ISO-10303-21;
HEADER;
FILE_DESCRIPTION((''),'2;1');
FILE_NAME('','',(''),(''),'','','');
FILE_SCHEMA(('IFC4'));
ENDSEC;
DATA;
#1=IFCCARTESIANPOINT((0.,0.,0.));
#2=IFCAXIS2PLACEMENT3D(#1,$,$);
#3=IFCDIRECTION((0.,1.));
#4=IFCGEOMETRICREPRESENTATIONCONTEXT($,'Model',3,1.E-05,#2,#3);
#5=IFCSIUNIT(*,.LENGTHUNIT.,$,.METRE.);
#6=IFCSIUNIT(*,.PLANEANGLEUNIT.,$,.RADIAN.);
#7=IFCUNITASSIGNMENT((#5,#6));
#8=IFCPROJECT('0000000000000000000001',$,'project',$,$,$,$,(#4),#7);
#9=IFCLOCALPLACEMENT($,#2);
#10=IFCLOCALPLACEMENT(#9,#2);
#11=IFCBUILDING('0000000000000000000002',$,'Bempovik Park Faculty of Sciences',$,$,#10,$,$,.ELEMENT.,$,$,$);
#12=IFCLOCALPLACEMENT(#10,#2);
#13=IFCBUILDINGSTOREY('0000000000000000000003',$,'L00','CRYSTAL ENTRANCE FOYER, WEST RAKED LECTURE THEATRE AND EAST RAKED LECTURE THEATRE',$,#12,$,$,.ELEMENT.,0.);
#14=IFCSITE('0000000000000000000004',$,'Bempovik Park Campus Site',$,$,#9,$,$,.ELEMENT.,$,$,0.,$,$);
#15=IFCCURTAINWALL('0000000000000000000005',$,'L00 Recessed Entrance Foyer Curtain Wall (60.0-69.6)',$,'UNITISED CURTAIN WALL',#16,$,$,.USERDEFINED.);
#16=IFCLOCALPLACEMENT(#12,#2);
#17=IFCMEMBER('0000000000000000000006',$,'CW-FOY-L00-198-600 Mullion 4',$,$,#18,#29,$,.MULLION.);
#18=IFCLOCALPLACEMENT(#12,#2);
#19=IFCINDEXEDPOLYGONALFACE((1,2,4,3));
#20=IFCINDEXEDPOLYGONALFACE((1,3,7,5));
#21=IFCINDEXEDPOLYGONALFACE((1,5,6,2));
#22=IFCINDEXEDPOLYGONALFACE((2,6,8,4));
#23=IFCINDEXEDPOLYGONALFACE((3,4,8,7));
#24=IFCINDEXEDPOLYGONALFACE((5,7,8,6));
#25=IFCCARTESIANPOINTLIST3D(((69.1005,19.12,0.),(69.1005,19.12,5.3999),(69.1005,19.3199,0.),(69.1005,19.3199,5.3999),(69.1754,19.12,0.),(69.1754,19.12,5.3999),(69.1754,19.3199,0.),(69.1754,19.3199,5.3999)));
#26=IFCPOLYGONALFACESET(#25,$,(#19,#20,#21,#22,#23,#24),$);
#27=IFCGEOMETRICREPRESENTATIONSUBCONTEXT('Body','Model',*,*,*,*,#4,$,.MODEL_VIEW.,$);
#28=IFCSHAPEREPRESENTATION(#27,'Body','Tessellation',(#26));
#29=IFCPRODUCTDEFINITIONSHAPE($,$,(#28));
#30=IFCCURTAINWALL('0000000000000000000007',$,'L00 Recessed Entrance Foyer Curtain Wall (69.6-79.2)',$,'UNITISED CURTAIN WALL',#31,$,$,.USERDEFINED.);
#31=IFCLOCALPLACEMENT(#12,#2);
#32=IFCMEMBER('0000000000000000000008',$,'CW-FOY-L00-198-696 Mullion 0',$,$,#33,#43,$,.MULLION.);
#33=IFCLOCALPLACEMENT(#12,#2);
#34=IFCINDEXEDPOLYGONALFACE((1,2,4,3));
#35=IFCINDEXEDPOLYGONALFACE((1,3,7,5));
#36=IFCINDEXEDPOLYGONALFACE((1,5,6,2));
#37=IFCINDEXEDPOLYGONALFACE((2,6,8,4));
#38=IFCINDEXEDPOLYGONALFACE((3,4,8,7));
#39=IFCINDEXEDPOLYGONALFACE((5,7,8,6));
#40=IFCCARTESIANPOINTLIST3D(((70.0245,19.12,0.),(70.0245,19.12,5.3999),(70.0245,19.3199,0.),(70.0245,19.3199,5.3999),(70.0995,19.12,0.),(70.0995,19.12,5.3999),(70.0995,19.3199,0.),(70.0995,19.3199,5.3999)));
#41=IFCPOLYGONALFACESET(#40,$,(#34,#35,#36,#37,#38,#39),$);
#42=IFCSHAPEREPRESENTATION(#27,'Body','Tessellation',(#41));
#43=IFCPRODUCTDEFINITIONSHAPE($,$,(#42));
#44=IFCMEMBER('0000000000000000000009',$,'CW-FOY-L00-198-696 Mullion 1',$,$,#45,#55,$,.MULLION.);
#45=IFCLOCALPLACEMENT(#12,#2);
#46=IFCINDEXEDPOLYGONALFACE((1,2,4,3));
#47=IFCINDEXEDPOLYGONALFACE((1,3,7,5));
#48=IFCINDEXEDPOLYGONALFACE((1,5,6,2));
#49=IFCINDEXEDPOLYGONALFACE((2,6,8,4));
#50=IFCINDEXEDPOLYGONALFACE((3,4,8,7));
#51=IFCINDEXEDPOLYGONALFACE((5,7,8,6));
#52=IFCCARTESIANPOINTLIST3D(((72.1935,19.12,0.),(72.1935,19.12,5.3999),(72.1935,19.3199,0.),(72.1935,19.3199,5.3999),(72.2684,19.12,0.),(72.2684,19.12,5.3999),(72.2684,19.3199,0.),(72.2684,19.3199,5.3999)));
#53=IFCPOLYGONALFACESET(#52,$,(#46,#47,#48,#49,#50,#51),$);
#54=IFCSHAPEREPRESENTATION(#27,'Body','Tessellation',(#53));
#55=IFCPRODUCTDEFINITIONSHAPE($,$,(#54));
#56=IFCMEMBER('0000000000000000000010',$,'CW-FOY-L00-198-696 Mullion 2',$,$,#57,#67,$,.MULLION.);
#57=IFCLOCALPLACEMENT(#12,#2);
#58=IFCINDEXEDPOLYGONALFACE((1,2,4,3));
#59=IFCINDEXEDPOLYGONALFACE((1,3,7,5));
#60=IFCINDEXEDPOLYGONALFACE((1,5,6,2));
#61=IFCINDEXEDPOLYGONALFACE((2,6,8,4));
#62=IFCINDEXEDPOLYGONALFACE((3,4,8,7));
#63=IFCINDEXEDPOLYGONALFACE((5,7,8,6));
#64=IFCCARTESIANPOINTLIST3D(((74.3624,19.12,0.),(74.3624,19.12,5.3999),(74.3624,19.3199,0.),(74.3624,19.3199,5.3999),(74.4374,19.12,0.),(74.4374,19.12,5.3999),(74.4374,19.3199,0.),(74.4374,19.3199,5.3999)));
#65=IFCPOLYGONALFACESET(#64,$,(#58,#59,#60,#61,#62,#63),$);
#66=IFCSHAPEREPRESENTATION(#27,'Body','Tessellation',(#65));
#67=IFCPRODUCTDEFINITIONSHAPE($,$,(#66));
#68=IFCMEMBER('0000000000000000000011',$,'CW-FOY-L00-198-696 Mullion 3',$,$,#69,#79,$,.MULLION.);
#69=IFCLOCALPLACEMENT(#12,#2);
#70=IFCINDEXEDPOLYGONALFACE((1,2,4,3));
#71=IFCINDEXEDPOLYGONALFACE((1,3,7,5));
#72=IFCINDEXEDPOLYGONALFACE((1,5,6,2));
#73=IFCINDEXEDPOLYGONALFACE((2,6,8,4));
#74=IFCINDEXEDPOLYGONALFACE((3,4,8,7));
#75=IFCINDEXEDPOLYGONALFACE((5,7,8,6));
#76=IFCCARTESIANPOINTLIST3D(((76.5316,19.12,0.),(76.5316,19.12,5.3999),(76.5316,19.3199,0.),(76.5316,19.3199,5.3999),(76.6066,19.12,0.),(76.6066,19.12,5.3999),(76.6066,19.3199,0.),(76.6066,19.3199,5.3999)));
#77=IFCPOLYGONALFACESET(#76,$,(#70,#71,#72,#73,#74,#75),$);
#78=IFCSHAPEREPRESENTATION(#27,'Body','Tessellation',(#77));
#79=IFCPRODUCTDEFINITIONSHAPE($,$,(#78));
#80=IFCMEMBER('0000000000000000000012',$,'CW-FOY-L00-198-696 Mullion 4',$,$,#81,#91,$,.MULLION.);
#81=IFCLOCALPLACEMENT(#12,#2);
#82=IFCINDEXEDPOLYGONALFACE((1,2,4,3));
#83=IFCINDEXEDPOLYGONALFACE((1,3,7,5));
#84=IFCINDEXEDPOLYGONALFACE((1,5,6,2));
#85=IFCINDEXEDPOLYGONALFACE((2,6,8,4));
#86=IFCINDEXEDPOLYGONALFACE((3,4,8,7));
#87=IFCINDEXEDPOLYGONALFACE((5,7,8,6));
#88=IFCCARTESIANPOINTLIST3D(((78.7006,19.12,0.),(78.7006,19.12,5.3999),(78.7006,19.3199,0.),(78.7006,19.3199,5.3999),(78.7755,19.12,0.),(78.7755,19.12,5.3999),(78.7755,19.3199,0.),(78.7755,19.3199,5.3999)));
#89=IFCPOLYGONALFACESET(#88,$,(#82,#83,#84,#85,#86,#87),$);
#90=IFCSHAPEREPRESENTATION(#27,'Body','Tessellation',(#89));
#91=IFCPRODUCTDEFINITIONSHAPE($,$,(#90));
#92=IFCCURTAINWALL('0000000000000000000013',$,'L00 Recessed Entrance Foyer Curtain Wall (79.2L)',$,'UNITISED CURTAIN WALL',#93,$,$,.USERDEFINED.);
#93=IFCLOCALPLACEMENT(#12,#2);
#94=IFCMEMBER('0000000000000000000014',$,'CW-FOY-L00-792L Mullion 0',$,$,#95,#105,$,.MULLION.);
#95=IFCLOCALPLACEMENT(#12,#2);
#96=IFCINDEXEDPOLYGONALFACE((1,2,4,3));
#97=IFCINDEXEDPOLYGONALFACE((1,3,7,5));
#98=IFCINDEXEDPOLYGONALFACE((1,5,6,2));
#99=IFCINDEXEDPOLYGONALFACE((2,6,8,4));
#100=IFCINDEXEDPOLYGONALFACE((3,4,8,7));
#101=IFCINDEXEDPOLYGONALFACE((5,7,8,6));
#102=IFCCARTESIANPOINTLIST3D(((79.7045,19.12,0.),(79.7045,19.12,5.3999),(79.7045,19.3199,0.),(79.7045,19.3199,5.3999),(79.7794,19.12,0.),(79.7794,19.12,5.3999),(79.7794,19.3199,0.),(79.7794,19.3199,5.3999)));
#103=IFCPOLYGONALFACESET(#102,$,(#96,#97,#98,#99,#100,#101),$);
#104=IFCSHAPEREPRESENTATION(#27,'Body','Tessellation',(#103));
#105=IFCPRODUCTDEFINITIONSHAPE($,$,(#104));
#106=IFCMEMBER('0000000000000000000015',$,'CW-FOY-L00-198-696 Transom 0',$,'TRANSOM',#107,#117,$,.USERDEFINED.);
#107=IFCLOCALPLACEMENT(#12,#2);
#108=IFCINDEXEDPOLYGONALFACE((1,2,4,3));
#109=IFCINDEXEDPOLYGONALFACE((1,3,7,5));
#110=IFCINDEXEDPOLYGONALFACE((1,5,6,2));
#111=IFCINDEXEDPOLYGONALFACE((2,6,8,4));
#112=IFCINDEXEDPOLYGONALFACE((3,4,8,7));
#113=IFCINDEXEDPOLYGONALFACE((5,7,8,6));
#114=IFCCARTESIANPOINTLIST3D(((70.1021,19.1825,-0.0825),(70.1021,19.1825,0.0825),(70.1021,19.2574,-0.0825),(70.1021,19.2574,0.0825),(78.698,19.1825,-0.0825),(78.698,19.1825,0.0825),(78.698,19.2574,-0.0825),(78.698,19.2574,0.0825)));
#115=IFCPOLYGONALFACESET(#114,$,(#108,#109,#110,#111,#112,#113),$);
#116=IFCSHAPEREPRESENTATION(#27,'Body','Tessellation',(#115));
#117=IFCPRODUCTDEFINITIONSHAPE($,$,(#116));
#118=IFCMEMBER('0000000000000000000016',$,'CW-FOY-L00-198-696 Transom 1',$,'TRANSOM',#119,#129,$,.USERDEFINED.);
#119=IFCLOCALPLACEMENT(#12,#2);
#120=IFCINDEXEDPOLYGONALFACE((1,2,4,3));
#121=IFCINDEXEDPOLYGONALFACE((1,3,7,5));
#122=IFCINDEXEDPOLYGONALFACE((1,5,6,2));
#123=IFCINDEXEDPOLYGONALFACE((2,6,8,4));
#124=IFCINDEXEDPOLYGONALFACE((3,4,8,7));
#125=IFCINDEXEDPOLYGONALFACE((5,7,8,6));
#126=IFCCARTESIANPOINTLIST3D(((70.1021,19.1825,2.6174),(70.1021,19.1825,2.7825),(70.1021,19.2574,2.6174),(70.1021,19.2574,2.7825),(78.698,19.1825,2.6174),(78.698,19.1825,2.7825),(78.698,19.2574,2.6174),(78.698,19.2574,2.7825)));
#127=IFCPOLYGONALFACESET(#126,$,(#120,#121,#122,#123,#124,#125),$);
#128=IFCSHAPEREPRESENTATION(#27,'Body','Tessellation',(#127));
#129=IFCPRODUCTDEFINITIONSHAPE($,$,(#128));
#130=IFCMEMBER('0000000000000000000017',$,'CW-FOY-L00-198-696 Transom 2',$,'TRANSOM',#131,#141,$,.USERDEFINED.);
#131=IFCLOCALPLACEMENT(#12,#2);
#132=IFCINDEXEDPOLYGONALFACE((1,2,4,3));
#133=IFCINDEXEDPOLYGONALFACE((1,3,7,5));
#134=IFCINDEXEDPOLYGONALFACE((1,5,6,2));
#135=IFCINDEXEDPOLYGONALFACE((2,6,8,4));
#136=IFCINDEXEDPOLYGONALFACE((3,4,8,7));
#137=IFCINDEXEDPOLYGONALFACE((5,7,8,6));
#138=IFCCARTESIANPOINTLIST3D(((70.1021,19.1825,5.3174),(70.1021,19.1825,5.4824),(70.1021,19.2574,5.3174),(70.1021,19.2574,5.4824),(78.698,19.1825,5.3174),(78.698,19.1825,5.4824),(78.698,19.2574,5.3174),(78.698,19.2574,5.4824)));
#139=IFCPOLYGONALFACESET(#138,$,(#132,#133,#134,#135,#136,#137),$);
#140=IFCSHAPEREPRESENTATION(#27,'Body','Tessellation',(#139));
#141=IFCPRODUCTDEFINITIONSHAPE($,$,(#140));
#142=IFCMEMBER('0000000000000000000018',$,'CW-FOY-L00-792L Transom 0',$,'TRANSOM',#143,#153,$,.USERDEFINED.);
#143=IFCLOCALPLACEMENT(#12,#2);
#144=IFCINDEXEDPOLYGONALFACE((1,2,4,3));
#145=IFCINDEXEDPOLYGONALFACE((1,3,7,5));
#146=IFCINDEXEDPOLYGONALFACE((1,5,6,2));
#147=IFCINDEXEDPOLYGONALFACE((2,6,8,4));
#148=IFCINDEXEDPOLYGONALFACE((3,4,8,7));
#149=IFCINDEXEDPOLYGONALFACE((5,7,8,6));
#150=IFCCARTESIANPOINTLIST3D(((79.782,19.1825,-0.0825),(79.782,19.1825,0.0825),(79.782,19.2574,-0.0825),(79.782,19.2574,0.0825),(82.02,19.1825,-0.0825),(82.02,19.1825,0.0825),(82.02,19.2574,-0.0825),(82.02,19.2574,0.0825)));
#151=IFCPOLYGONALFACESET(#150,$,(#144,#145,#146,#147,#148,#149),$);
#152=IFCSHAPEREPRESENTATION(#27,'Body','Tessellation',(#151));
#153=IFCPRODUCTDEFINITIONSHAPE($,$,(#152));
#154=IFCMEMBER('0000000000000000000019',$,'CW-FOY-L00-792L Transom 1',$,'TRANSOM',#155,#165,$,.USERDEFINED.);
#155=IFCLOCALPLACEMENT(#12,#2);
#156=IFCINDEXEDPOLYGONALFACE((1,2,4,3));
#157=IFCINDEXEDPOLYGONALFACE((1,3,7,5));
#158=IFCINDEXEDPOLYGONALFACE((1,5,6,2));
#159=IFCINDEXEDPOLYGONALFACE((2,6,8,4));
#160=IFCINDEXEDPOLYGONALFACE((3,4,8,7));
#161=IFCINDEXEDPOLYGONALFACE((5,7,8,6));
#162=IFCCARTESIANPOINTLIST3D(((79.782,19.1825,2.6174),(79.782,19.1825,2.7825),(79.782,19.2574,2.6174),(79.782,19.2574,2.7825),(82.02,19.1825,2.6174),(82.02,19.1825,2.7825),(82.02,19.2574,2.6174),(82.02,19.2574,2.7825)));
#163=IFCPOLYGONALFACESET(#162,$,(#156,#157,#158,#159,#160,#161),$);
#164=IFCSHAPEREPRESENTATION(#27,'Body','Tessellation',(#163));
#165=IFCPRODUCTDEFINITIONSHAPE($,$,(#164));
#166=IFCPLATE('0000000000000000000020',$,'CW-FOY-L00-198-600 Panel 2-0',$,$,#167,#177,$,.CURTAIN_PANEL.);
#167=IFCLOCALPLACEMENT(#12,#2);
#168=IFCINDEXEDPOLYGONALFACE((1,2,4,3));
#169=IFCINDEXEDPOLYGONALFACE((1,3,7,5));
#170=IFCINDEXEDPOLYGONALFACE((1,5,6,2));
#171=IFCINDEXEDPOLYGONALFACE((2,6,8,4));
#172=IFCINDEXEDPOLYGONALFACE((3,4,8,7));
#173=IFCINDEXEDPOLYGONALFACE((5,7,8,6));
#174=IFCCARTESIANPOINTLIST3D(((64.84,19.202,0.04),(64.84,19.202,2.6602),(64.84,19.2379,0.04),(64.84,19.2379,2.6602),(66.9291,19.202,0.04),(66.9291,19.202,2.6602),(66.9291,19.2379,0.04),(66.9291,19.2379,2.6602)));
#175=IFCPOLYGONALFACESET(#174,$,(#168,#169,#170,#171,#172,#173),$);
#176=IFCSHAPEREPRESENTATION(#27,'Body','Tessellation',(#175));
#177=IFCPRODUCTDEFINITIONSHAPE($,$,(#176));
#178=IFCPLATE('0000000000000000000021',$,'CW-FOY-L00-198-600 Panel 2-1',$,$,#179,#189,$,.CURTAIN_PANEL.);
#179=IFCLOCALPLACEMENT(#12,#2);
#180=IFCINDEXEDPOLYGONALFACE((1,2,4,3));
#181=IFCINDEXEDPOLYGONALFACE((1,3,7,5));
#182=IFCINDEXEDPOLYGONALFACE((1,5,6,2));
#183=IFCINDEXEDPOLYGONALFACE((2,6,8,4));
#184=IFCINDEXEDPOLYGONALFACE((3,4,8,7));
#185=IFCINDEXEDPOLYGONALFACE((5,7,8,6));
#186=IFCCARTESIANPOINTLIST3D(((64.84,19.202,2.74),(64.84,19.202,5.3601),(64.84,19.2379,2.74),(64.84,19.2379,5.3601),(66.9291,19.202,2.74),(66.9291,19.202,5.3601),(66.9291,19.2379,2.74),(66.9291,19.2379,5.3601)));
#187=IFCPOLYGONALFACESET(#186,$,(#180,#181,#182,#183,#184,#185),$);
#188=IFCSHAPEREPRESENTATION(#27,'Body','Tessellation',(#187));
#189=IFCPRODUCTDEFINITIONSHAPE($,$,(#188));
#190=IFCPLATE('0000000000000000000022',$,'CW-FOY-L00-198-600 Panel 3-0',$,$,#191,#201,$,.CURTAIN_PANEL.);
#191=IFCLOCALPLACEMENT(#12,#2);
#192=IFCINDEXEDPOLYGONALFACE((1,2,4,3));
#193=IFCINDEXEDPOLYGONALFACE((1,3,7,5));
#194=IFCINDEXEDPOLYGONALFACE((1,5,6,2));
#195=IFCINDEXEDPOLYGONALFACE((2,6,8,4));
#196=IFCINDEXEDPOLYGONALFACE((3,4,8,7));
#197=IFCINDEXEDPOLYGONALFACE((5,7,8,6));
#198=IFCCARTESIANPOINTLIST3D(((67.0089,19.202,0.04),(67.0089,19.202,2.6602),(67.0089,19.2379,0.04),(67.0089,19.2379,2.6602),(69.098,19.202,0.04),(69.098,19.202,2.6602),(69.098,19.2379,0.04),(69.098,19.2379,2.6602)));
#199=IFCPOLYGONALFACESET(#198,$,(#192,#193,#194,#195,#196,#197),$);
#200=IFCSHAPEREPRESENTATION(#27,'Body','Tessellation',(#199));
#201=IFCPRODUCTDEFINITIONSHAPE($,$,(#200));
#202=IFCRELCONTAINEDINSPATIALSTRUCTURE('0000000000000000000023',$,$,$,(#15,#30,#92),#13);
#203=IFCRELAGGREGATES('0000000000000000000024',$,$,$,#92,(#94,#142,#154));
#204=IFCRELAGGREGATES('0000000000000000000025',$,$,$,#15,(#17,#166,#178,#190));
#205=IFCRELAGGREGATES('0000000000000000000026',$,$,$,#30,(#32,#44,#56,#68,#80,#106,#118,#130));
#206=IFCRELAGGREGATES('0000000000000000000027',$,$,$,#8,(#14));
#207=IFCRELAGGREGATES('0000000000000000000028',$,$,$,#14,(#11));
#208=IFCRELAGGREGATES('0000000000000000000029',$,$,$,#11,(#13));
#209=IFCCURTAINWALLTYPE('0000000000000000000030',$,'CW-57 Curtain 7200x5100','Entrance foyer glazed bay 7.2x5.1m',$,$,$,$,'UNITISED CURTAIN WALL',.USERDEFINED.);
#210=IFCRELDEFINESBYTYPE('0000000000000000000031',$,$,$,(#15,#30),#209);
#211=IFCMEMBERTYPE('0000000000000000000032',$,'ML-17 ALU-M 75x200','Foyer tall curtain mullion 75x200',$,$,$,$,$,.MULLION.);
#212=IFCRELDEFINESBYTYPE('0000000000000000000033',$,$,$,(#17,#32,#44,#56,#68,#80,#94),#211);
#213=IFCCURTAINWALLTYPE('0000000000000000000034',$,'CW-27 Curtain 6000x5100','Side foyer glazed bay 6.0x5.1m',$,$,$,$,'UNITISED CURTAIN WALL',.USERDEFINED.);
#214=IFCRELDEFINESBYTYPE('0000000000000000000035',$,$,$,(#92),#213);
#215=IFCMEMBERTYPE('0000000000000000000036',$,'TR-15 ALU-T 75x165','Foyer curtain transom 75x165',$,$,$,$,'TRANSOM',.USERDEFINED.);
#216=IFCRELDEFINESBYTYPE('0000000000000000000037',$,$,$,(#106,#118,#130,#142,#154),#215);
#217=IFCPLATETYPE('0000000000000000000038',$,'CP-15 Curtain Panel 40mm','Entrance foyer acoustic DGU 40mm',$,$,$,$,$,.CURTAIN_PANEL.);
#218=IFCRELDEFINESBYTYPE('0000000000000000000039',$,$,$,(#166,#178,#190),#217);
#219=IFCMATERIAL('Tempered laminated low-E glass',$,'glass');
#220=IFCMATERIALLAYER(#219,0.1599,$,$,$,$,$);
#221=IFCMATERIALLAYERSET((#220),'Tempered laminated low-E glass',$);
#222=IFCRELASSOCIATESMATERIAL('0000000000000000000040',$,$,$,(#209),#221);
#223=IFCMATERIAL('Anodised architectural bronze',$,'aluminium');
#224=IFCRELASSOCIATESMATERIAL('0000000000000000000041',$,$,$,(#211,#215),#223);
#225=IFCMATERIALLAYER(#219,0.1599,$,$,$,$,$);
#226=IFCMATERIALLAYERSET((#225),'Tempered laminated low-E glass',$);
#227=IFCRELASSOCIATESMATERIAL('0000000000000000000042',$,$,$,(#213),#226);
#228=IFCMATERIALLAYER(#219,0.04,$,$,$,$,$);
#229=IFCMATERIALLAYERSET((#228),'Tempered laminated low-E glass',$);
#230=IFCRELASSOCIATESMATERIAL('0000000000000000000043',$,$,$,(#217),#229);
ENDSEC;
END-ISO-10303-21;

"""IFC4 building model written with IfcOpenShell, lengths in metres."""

from ifc_helpers import new_model, si_unit, direction, frame, origin, origin_2d, place, context, subcontext, project, spatial, rectangle, extrude, material, layer, layer_set, material_profile, profile_set, type_object, element, aggregate, save


model = new_model("IFC4")

# Units and contexts
model_context = context("Model", 3, precision=1e-05, world=origin(), true_north=direction((0.0, 1.0)))
body_context = subcontext(model_context, "Body", "Model", "MODEL_VIEW")
ifc_project = project(units=[si_unit("LENGTHUNIT", "METRE"), si_unit("PLANEANGLEUNIT", "RADIAN")], contexts=[model_context])

# Site, building, storey
site_placement = place(None, origin())
site = spatial("IfcSite", under=ifc_project, at=site_placement, Name="Bempovik Park Campus Site", CompositionType="ELEMENT", RefElevation=0.0)
building_placement = place(site_placement, origin())
building = spatial("IfcBuilding", under=site, at=building_placement, Name="Bempovik Park Faculty of Sciences", CompositionType="ELEMENT")
storey_placement = place(building_placement, origin())
storey = spatial("IfcBuildingStorey", under=building, at=storey_placement, Name="L00", Description="CRYSTAL ENTRANCE FOYER, WEST RAKED LECTURE THEATRE AND EAST RAKED LECTURE THEATRE", CompositionType="ELEMENT", Elevation=0.0)

# Curtain walls, members
ifc_material_1 = material(Name="Tempered laminated low-E glass", Category="glass")
ifc_layer_1 = layer(ifc_material_1, 0.1599)
ifc_layer_set_1 = layer_set([ifc_layer_1], Name="Tempered laminated low-E glass")
curtain_wall_type_1 = type_object("IfcCurtainWallType", Name="CW-57 Curtain 7200x5100", Description="Entrance foyer glazed bay 7.2x5.1m", ElementType="UNITISED CURTAIN WALL", PredefinedType="USERDEFINED", material=ifc_layer_set_1)
curtain_wall_1_placement = place(storey_placement, origin())
curtain_wall_1 = element("IfcCurtainWall", 1, at=curtain_wall_1_placement, inside=storey, type_object=curtain_wall_type_1, Name="L00 Recessed Entrance Foyer Curtain Wall (60.0-69.6)", ObjectType="UNITISED CURTAIN WALL", PredefinedType="USERDEFINED")
ifc_material_2 = material(Name="Anodised architectural bronze", Category="aluminium")
ifc_material_profile_1 = material_profile(ifc_material_2, rectangle(XDim=0.075, YDim=0.2, at=origin_2d()), Name="ALU-M 75x200")
ifc_profile_set_1 = profile_set([ifc_material_profile_1], Name="Anodised architectural bronze")
member_type_1 = type_object("IfcMemberType", Name="ML-17 ALU-M 75x200", Description="Foyer tall curtain mullion 75x200", PredefinedType="MULLION", material=ifc_profile_set_1)
member_1_placement = place(storey_placement, frame((69.1379, 19.22, 0.0), z_axis=(0.0, 0.0, 1.0), x_axis=(1.0, 0.0, 0.0)))
member_1 = element("IfcMember", 2, at=member_1_placement, type_object=member_type_1, Name="CW-FOY-L00-198-600 Mullion 4", PredefinedType="MULLION", context=body_context, shape_type="SweptSolid", body=[
    extrude(rectangle(XDim=0.075, YDim=0.2, at=origin_2d()), origin(), (0.0, 0.0, 1.0), 5.3999),
])
curtain_wall_2_placement = place(storey_placement, origin())
curtain_wall_2 = element("IfcCurtainWall", 3, at=curtain_wall_2_placement, inside=storey, type_object=curtain_wall_type_1, Name="L00 Recessed Entrance Foyer Curtain Wall (69.6-79.2)", ObjectType="UNITISED CURTAIN WALL", PredefinedType="USERDEFINED")
member_2_placement = place(storey_placement, frame((70.062, 19.22, 0.0), z_axis=(0.0, 0.0, 1.0), x_axis=(1.0, 0.0, 0.0)))
member_2 = element("IfcMember", 4, at=member_2_placement, type_object=member_type_1, Name="CW-FOY-L00-198-696 Mullion 0", PredefinedType="MULLION", context=body_context, shape_type="SweptSolid", body=[
    extrude(rectangle(XDim=0.075, YDim=0.2, at=origin_2d()), origin(), (0.0, 0.0, 1.0), 5.3999),
])
member_3_placement = place(storey_placement, frame((72.231, 19.22, 0.0), z_axis=(0.0, 0.0, 1.0), x_axis=(1.0, 0.0, 0.0)))
member_3 = element("IfcMember", 5, at=member_3_placement, type_object=member_type_1, Name="CW-FOY-L00-198-696 Mullion 1", PredefinedType="MULLION", context=body_context, shape_type="SweptSolid", body=[
    extrude(rectangle(XDim=0.075, YDim=0.2, at=origin_2d()), origin(), (0.0, 0.0, 1.0), 5.3999),
])
member_4_placement = place(storey_placement, frame((74.3999, 19.22, 0.0), z_axis=(0.0, 0.0, 1.0), x_axis=(1.0, 0.0, 0.0)))
member_4 = element("IfcMember", 6, at=member_4_placement, type_object=member_type_1, Name="CW-FOY-L00-198-696 Mullion 2", PredefinedType="MULLION", context=body_context, shape_type="SweptSolid", body=[
    extrude(rectangle(XDim=0.075, YDim=0.2, at=origin_2d()), origin(), (0.0, 0.0, 1.0), 5.3999),
])
member_5_placement = place(storey_placement, frame((76.5691, 19.22, 0.0), z_axis=(0.0, 0.0, 1.0), x_axis=(1.0, 0.0, 0.0)))
member_5 = element("IfcMember", 7, at=member_5_placement, type_object=member_type_1, Name="CW-FOY-L00-198-696 Mullion 3", PredefinedType="MULLION", context=body_context, shape_type="SweptSolid", body=[
    extrude(rectangle(XDim=0.075, YDim=0.2, at=origin_2d()), origin(), (0.0, 0.0, 1.0), 5.3999),
])
member_6_placement = place(storey_placement, frame((78.738, 19.22, 0.0), z_axis=(0.0, 0.0, 1.0), x_axis=(1.0, 0.0, 0.0)))
member_6 = element("IfcMember", 8, at=member_6_placement, type_object=member_type_1, Name="CW-FOY-L00-198-696 Mullion 4", PredefinedType="MULLION", context=body_context, shape_type="SweptSolid", body=[
    extrude(rectangle(XDim=0.075, YDim=0.2, at=origin_2d()), origin(), (0.0, 0.0, 1.0), 5.3999),
])

# Curtain wall, member
ifc_layer_2 = layer(ifc_material_1, 0.1599)
ifc_layer_set_2 = layer_set([ifc_layer_2], Name="Tempered laminated low-E glass")
curtain_wall_type_2 = type_object("IfcCurtainWallType", Name="CW-27 Curtain 6000x5100", Description="Side foyer glazed bay 6.0x5.1m", ElementType="UNITISED CURTAIN WALL", PredefinedType="USERDEFINED", material=ifc_layer_set_2)
curtain_wall_3_placement = place(storey_placement, origin())
curtain_wall_3 = element("IfcCurtainWall", 9, at=curtain_wall_3_placement, inside=storey, type_object=curtain_wall_type_2, Name="L00 Recessed Entrance Foyer Curtain Wall (79.2L)", ObjectType="UNITISED CURTAIN WALL", PredefinedType="USERDEFINED")
member_7_placement = place(storey_placement, frame((79.7419, 19.22, 0.0), z_axis=(0.0, 0.0, 1.0), x_axis=(1.0, 0.0, 0.0)))
member_7 = element("IfcMember", 10, at=member_7_placement, type_object=member_type_1, Name="CW-FOY-L00-792L Mullion 0", PredefinedType="MULLION", context=body_context, shape_type="SweptSolid", body=[
    extrude(rectangle(XDim=0.075, YDim=0.2, at=origin_2d()), origin(), (0.0, 0.0, 1.0), 5.3999),
])

# Members
ifc_material_profile_2 = material_profile(ifc_material_2, rectangle(XDim=0.075, YDim=0.165, at=origin_2d()), Name="ALU-T 75x165")
ifc_profile_set_2 = profile_set([ifc_material_profile_2], Name="Anodised architectural bronze")
member_type_2 = type_object("IfcMemberType", Name="TR-15 ALU-T 75x165", Description="Foyer curtain transom 75x165", ElementType="TRANSOM", PredefinedType="USERDEFINED", material=ifc_profile_set_2)
member_8_placement = place(storey_placement, frame((70.1021, 19.22, 0.0), z_axis=(1.0, 0.0, 0.0), x_axis=(0.0, 1.0, 0.0)))
member_8 = element("IfcMember", 11, at=member_8_placement, type_object=member_type_2, Name="CW-FOY-L00-198-696 Transom 0", ObjectType="TRANSOM", PredefinedType="USERDEFINED", context=body_context, shape_type="SweptSolid", body=[
    extrude(rectangle(XDim=0.075, YDim=0.165, at=origin_2d()), origin(), (0.0, 0.0, 1.0), 8.5959),
])
member_9_placement = place(storey_placement, frame((70.1021, 19.22, 2.7), z_axis=(1.0, 0.0, 0.0), x_axis=(0.0, 1.0, 0.0)))
member_9 = element("IfcMember", 12, at=member_9_placement, type_object=member_type_2, Name="CW-FOY-L00-198-696 Transom 1", ObjectType="TRANSOM", PredefinedType="USERDEFINED", context=body_context, shape_type="SweptSolid", body=[
    extrude(rectangle(XDim=0.075, YDim=0.165, at=origin_2d()), origin(), (0.0, 0.0, 1.0), 8.5959),
])
member_10_placement = place(storey_placement, frame((70.1021, 19.22, 5.3999), z_axis=(1.0, 0.0, 0.0), x_axis=(0.0, 1.0, 0.0)))
member_10 = element("IfcMember", 13, at=member_10_placement, type_object=member_type_2, Name="CW-FOY-L00-198-696 Transom 2", ObjectType="TRANSOM", PredefinedType="USERDEFINED", context=body_context, shape_type="SweptSolid", body=[
    extrude(rectangle(XDim=0.075, YDim=0.165, at=origin_2d()), origin(), (0.0, 0.0, 1.0), 8.5959),
])
member_11_placement = place(storey_placement, frame((79.782, 19.22, 0.0), z_axis=(1.0, 0.0, 0.0), x_axis=(0.0, 1.0, 0.0)))
member_11 = element("IfcMember", 14, at=member_11_placement, type_object=member_type_2, Name="CW-FOY-L00-792L Transom 0", ObjectType="TRANSOM", PredefinedType="USERDEFINED", context=body_context, shape_type="SweptSolid", body=[
    extrude(rectangle(XDim=0.075, YDim=0.165, at=origin_2d()), origin(), (0.0, 0.0, 1.0), 2.238),
])
member_12_placement = place(storey_placement, frame((79.782, 19.22, 2.7), z_axis=(1.0, 0.0, 0.0), x_axis=(0.0, 1.0, 0.0)))
member_12 = element("IfcMember", 15, at=member_12_placement, type_object=member_type_2, Name="CW-FOY-L00-792L Transom 1", ObjectType="TRANSOM", PredefinedType="USERDEFINED", context=body_context, shape_type="SweptSolid", body=[
    extrude(rectangle(XDim=0.075, YDim=0.165, at=origin_2d()), origin(), (0.0, 0.0, 1.0), 2.238),
])
aggregate(curtain_wall_3, [member_7, member_11, member_12])

# Plates
ifc_layer_3 = layer(ifc_material_1, 0.04)
ifc_layer_set_3 = layer_set([ifc_layer_3], Name="Tempered laminated low-E glass")
plate_type = type_object("IfcPlateType", Name="CP-15 Curtain Panel 40mm", Description="Entrance foyer acoustic DGU 40mm", PredefinedType="CURTAIN_PANEL", material=ifc_layer_set_3)
plate_1_placement = place(storey_placement, frame((65.8845, 19.22, 0.04), z_axis=(0.0, 0.0, 1.0), x_axis=(1.0, 0.0, 0.0)))
plate_1 = element("IfcPlate", 16, at=plate_1_placement, type_object=plate_type, Name="CW-FOY-L00-198-600 Panel 2-0", PredefinedType="CURTAIN_PANEL", context=body_context, shape_type="SweptSolid", body=[
    extrude(rectangle(XDim=2.0891, YDim=0.0359, at=origin_2d()), origin(), (0.0, 0.0, 1.0), 2.6201),
])
plate_2_placement = place(storey_placement, frame((65.8845, 19.22, 2.74), z_axis=(0.0, 0.0, 1.0), x_axis=(1.0, 0.0, 0.0)))
plate_2 = element("IfcPlate", 17, at=plate_2_placement, type_object=plate_type, Name="CW-FOY-L00-198-600 Panel 2-1", PredefinedType="CURTAIN_PANEL", context=body_context, shape_type="SweptSolid", body=[
    extrude(rectangle(XDim=2.0891, YDim=0.0359, at=origin_2d()), origin(), (0.0, 0.0, 1.0), 2.6201),
])
plate_3_placement = place(storey_placement, frame((68.0535, 19.22, 0.04), z_axis=(0.0, 0.0, 1.0), x_axis=(1.0, 0.0, 0.0)))
plate_3 = element("IfcPlate", 18, at=plate_3_placement, type_object=plate_type, Name="CW-FOY-L00-198-600 Panel 3-0", PredefinedType="CURTAIN_PANEL", context=body_context, shape_type="SweptSolid", body=[
    extrude(rectangle(XDim=2.0891, YDim=0.0359, at=origin_2d()), origin(), (0.0, 0.0, 1.0), 2.6201),
])
aggregate(curtain_wall_1, [member_1, plate_1, plate_2, plate_3])
aggregate(curtain_wall_2, [member_2, member_3, member_4, member_5, member_6, member_8, member_9, member_10])

save(model, "model.ifc")
